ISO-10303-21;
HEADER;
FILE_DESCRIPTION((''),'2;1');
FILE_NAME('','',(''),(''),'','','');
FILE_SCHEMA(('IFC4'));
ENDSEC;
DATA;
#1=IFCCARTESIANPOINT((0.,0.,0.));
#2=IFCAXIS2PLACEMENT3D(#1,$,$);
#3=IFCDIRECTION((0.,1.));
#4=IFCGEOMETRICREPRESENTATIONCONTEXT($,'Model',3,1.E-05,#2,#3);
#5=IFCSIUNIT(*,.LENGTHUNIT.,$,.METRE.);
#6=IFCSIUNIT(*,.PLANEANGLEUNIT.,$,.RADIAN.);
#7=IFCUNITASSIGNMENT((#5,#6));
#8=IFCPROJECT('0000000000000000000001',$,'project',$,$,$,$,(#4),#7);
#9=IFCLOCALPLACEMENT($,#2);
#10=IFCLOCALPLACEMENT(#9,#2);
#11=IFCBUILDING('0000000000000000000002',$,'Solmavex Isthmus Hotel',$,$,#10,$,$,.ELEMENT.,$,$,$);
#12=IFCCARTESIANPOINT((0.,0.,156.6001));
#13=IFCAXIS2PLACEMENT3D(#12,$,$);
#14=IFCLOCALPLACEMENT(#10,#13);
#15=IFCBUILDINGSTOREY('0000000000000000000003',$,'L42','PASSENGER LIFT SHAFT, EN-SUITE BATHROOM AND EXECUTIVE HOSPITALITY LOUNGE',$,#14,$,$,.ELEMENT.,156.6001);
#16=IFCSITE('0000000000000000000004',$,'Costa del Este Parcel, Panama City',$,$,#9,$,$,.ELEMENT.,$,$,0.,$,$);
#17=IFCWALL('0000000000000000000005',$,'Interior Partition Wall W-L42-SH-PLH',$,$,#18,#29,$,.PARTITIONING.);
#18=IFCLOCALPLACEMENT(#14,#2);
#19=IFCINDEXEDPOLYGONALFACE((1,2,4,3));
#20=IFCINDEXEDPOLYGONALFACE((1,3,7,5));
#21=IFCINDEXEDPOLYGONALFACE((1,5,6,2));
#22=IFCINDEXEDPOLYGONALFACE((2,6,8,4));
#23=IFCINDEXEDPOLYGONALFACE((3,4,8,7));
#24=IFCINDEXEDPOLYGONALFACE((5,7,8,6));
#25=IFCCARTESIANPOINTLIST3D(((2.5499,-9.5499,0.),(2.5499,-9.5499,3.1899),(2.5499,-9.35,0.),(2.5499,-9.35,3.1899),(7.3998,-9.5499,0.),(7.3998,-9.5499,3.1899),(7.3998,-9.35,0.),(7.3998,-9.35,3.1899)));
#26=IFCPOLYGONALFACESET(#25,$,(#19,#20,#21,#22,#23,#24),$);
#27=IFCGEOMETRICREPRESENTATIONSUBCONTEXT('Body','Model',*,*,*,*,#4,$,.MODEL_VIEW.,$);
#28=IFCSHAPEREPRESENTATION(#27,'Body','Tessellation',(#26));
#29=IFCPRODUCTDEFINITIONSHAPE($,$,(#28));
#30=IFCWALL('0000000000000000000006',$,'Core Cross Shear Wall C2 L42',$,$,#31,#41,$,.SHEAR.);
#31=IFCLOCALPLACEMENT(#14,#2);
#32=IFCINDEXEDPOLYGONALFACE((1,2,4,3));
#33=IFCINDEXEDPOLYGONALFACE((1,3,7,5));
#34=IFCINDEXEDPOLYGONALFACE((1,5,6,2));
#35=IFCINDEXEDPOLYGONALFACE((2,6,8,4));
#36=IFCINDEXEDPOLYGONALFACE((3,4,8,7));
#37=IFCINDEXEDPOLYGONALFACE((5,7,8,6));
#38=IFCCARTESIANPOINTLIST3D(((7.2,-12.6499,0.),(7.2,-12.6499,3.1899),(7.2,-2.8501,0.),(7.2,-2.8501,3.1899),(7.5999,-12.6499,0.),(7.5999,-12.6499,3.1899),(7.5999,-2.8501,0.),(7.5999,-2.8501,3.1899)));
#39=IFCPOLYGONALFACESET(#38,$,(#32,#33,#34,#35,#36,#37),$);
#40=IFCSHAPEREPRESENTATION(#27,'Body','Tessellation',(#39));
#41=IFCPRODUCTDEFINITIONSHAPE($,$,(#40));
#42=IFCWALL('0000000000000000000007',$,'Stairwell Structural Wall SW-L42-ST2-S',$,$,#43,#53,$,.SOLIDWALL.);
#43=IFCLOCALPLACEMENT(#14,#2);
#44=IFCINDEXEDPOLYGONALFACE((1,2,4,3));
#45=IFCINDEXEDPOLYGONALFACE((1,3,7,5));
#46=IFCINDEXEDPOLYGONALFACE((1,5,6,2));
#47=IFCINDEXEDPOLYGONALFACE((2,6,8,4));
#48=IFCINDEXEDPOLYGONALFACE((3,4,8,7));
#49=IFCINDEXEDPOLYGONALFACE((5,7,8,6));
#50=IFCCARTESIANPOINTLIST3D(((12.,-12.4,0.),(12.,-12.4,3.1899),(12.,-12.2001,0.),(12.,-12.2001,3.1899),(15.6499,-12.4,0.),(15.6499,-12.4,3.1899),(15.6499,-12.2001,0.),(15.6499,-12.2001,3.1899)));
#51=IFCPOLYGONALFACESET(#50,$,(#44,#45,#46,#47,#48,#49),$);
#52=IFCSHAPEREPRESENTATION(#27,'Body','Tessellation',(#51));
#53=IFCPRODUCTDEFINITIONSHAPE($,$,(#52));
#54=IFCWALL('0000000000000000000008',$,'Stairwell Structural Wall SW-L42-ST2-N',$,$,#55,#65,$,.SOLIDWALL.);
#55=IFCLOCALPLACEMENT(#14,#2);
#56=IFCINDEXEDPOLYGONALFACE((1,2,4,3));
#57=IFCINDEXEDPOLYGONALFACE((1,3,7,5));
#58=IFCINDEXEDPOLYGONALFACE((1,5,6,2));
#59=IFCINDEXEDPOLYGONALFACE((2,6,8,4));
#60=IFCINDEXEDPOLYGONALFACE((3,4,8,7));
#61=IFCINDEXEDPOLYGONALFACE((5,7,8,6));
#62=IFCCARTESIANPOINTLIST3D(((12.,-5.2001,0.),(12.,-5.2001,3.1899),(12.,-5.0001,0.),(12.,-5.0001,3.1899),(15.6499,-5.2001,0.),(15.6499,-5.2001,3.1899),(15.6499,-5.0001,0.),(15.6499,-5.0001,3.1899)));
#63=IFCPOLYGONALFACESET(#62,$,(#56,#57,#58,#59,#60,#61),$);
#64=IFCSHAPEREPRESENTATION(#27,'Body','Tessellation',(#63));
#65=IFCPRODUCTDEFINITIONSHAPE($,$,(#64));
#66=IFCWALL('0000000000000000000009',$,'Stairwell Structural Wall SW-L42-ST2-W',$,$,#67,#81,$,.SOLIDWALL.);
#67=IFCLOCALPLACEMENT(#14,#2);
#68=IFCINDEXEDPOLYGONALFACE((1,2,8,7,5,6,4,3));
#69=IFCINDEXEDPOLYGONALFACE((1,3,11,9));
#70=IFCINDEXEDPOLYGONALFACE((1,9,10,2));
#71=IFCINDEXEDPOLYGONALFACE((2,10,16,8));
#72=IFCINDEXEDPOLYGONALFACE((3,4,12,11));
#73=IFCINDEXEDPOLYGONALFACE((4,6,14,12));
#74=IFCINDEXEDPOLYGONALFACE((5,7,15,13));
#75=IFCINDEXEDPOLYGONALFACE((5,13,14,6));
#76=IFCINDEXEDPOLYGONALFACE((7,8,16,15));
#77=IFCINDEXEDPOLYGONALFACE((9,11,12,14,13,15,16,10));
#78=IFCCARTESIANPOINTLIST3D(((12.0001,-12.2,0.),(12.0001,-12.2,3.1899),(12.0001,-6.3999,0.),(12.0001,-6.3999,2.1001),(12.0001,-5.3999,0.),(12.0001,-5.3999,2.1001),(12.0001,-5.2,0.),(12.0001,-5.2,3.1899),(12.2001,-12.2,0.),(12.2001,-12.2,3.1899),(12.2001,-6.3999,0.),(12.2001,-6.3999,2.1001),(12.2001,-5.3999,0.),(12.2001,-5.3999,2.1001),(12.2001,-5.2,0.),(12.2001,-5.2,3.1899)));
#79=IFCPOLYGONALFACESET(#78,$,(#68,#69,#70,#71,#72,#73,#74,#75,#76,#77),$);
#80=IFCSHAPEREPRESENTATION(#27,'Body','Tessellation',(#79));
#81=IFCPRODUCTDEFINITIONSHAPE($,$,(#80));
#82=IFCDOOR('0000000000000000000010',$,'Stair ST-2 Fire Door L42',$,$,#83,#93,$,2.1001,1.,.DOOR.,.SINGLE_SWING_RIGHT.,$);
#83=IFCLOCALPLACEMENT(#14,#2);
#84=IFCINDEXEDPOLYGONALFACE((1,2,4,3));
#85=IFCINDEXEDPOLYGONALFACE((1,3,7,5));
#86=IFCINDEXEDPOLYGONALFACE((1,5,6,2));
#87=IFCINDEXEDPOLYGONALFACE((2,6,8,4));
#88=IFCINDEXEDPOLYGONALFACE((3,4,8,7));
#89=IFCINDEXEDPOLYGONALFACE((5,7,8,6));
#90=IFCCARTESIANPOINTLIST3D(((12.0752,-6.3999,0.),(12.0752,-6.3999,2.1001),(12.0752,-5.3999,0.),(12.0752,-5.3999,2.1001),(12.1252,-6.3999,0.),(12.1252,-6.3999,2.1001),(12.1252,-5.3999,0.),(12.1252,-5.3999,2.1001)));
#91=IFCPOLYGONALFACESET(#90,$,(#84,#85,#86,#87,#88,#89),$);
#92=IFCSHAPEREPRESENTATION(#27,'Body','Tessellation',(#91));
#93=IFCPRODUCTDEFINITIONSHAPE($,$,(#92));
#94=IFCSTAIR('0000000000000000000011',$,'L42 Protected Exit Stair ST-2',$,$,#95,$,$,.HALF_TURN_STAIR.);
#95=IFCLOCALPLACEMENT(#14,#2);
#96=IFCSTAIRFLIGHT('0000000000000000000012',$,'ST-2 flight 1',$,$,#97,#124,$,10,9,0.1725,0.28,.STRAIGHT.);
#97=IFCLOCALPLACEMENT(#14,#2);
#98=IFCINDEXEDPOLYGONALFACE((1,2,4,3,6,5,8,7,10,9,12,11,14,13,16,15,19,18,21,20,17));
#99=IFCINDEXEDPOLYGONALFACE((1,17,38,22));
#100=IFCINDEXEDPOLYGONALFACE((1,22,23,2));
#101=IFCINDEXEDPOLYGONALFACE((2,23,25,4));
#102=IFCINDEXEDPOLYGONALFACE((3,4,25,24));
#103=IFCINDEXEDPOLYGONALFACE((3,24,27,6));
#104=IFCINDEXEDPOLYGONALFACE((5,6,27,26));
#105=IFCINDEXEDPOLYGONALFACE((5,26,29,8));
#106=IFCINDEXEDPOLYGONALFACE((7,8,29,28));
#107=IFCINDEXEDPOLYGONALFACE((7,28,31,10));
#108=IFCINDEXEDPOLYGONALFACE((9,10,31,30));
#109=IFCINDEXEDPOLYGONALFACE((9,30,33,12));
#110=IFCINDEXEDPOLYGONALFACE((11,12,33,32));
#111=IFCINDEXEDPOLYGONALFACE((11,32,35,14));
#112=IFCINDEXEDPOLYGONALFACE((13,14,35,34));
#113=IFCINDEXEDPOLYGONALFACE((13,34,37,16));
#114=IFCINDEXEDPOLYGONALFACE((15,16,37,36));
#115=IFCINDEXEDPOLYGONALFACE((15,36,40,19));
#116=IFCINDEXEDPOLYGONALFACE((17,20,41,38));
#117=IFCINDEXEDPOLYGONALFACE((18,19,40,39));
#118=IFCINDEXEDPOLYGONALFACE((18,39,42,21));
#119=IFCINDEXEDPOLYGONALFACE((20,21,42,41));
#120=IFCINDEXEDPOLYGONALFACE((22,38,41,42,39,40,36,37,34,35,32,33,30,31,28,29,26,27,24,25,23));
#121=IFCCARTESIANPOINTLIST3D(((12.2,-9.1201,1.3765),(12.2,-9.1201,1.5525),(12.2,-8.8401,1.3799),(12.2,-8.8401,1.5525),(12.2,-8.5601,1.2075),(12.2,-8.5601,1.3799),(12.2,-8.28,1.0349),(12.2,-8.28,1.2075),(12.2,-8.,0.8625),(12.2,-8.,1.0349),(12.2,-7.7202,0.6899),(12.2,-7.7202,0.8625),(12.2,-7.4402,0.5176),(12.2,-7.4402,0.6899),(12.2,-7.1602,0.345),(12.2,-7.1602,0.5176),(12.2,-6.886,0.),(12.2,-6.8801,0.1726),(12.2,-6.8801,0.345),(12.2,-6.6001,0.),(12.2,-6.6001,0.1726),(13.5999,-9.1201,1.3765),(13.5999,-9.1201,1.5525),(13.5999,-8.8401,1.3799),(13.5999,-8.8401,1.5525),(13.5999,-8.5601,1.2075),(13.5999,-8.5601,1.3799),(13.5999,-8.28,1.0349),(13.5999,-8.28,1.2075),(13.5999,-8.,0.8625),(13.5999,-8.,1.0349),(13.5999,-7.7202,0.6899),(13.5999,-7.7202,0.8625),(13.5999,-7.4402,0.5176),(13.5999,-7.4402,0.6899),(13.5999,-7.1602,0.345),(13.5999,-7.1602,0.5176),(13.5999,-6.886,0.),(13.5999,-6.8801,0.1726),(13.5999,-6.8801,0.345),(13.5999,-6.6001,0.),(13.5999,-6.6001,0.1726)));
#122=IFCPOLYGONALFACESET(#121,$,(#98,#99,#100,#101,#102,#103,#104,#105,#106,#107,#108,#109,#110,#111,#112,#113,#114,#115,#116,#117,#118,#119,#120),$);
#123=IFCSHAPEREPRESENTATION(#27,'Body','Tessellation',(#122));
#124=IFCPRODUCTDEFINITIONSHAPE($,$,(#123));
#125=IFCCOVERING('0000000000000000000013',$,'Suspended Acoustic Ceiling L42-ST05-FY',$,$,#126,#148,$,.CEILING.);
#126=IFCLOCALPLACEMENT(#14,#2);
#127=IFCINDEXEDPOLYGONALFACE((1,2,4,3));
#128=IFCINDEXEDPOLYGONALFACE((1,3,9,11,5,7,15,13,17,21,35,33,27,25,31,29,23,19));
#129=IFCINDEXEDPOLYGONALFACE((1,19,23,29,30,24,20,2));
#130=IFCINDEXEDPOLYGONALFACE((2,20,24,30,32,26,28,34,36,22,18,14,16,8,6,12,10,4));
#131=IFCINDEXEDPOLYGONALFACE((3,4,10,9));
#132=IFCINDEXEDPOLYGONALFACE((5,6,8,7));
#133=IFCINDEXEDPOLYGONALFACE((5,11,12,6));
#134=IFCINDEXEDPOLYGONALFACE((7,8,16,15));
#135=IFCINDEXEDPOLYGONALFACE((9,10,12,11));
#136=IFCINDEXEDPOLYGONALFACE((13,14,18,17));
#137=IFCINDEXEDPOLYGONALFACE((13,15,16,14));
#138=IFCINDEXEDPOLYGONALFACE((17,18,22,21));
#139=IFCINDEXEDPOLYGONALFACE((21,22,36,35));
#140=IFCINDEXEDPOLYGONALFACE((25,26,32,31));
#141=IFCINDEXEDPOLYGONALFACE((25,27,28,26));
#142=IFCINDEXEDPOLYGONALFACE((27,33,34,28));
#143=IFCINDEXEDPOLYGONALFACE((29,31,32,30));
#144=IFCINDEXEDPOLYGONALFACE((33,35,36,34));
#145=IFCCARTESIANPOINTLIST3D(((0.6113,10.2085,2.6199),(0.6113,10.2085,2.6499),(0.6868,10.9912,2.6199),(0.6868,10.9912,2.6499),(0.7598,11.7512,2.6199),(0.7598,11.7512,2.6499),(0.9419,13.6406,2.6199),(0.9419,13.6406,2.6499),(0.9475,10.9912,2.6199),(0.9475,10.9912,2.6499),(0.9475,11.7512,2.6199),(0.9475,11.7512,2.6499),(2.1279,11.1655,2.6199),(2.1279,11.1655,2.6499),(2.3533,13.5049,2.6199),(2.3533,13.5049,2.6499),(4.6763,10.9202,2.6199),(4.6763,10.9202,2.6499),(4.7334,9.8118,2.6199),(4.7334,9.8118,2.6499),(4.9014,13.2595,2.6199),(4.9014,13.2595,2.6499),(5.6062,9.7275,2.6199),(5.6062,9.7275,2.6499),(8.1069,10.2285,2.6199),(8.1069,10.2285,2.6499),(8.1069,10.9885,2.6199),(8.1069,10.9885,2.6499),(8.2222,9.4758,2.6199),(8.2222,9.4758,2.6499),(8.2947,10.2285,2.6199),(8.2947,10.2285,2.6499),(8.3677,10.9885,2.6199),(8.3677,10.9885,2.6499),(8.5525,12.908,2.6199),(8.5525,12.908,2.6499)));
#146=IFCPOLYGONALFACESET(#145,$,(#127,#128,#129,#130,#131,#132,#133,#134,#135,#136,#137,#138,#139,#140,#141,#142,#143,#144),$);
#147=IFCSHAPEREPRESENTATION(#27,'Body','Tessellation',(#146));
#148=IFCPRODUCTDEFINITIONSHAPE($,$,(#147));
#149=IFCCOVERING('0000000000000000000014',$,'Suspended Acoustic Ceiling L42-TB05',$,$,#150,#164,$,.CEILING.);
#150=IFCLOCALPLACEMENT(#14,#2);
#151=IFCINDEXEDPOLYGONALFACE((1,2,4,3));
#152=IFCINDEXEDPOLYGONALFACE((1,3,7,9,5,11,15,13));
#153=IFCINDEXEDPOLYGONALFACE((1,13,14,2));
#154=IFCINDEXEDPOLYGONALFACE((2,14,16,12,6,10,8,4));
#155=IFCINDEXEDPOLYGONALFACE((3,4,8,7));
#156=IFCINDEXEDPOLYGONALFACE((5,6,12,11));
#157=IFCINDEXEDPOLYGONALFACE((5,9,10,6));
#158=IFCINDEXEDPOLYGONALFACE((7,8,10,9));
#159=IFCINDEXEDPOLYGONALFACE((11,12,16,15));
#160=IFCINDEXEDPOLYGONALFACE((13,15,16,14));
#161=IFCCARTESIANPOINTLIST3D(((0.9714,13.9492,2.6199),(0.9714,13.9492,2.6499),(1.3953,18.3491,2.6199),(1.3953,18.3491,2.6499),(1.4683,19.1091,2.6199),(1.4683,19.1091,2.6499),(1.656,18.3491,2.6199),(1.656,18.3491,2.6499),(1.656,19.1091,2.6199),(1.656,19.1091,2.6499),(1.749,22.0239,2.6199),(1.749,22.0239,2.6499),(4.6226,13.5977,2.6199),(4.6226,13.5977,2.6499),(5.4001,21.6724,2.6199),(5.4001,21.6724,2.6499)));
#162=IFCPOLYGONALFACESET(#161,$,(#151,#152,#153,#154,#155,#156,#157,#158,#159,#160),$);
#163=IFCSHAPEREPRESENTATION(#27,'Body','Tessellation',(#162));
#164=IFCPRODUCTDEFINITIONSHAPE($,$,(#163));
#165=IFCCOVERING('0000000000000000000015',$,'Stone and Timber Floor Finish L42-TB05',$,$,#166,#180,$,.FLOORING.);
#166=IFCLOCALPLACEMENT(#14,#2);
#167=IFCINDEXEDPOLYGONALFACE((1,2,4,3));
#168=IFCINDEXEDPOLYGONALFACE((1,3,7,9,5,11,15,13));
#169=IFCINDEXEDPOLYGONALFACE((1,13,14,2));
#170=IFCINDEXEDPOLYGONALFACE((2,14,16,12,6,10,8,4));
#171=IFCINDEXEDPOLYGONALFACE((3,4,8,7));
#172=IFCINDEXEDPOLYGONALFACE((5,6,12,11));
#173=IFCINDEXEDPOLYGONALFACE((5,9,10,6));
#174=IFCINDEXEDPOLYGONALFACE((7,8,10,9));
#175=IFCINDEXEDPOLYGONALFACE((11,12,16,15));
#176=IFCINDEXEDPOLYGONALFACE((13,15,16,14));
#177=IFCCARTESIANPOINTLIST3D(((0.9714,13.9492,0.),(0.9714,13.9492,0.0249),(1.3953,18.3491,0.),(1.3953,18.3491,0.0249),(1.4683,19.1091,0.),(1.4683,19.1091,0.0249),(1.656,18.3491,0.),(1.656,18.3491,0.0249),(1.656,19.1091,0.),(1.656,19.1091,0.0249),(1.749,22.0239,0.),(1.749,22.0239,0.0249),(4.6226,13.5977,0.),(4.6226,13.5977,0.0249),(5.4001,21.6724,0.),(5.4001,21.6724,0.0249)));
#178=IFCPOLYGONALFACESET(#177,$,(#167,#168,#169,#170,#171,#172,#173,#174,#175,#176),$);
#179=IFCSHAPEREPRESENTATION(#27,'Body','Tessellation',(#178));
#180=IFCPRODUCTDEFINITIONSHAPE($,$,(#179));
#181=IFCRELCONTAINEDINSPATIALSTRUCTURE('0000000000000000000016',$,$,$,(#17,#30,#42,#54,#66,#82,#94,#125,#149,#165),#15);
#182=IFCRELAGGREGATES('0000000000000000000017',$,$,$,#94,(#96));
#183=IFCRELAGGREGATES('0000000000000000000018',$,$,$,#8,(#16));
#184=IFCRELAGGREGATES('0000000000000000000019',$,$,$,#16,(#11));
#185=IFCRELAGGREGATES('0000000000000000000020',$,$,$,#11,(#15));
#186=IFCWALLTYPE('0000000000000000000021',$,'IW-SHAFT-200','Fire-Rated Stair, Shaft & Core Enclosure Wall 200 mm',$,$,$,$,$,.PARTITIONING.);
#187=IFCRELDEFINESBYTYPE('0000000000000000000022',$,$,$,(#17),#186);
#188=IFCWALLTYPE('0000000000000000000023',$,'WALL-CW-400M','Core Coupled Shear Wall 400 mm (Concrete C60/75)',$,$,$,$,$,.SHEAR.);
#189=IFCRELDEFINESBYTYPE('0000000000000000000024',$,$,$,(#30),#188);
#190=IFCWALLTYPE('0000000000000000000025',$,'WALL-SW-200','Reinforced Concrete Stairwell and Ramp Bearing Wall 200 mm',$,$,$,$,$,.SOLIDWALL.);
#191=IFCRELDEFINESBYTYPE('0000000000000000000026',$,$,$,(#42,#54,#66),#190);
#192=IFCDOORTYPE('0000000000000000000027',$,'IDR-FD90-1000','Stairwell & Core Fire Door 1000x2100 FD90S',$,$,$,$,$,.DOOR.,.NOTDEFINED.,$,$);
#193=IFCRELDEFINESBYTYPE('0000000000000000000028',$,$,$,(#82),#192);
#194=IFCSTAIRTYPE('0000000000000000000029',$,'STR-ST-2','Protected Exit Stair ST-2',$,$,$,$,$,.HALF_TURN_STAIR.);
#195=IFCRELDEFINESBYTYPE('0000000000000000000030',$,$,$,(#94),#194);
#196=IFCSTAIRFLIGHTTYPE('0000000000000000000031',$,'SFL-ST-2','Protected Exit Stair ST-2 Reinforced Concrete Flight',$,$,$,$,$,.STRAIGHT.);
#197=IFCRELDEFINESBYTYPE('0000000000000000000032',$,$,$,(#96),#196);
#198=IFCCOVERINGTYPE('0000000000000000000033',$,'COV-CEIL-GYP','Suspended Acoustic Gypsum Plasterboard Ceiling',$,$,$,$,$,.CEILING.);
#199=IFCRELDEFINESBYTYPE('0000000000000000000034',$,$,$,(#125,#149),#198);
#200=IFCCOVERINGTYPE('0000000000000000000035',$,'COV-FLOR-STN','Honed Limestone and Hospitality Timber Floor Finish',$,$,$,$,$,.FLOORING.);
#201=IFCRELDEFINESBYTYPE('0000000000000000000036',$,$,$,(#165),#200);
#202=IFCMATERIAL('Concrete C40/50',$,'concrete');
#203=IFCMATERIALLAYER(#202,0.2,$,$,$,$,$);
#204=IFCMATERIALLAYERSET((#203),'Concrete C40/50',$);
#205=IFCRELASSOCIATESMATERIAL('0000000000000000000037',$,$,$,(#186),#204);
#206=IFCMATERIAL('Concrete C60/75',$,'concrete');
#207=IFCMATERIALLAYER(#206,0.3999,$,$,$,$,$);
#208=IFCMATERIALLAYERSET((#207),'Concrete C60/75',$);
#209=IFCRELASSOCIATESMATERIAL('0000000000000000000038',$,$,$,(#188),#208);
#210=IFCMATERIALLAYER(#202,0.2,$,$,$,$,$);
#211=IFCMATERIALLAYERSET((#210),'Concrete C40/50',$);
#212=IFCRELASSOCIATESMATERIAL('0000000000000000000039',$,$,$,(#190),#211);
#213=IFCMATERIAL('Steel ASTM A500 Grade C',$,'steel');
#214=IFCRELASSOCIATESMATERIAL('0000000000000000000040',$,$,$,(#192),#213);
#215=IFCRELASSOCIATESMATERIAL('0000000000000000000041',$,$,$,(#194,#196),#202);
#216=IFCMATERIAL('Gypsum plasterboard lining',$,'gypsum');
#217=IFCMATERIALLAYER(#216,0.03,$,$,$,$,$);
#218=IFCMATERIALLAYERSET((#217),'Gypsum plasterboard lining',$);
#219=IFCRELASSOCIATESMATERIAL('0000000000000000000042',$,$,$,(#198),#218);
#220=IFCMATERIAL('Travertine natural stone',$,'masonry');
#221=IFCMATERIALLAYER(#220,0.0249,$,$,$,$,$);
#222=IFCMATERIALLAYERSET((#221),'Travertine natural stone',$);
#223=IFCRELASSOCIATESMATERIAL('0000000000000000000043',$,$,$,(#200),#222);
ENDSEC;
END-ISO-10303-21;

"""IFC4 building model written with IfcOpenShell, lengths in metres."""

from ifc_helpers import new_model, si_unit, direction, frame, frame_2d, origin, place, context, subcontext, project, spatial, polyline, rectangle, outline, extrude, material, layer, layer_set, type_object, element, fill, aggregate, save


model = new_model("IFC4")

# Units and contexts
model_context = context("Model", 3, precision=1e-05, world=origin(), true_north=direction((0.0, 1.0)))
body_context = subcontext(model_context, "Body", "Model", "MODEL_VIEW")
ifc_project = project(units=[si_unit("LENGTHUNIT", "METRE"), si_unit("PLANEANGLEUNIT", "RADIAN")], contexts=[model_context])

# Site, building, storey
site_placement = place(None, origin())
site = spatial("IfcSite", under=ifc_project, at=site_placement, Name="Costa del Este Parcel, Panama City", CompositionType="ELEMENT", RefElevation=0.0)
building_placement = place(site_placement, origin())
building = spatial("IfcBuilding", under=site, at=building_placement, Name="Solmavex Isthmus Hotel", CompositionType="ELEMENT")
storey_placement = place(building_placement, frame((0.0, 0.0, 156.6001)))
storey = spatial("IfcBuildingStorey", under=building, at=storey_placement, Name="L42", Description="PASSENGER LIFT SHAFT, EN-SUITE BATHROOM AND EXECUTIVE HOSPITALITY LOUNGE", CompositionType="ELEMENT", Elevation=156.6001)

# Shared definitions
ifc_material_1 = material(Name="Concrete C60/75", Category="concrete")

# Shared definitions
ifc_material_2 = material(Name="Gypsum plasterboard lining", Category="gypsum")

# Shared definitions
ifc_material_3 = material(Name="Concrete C40/50", Category="concrete")

# Shared definitions
ifc_layer_1 = layer(ifc_material_3, 0.2)
ifc_layer_set_1 = layer_set([ifc_layer_1], Name="Concrete C40/50")
wall_type_1 = type_object("IfcWallType", Name="IW-SHAFT-200", Description="Fire-Rated Stair, Shaft & Core Enclosure Wall 200 mm", PredefinedType="PARTITIONING", material=ifc_layer_set_1)
ifc_material_4 = material(Name="Steel ASTM A500 Grade C", Category="steel")

# Walls
wall_1_placement = place(storey_placement, frame((2.55, -9.45, 0.0), z_axis=(0.0, 0.0, 1.0), x_axis=(1.0, 0.0, 0.0)))
element("IfcWall", 1, at=wall_1_placement, inside=storey, type_object=wall_type_1, Name="Interior Partition Wall W-L42-SH-PLH", PredefinedType="PARTITIONING", context=body_context, shape_type="SweptSolid", body=[
    extrude(rectangle(XDim=4.8499, YDim=0.2, at=frame_2d((2.4248, 0.0))), origin(), (0.0, 0.0, 1.0), 3.1899),
])
ifc_layer_2 = layer(ifc_material_1, 0.3999)
ifc_layer_set_2 = layer_set([ifc_layer_2], Name="Concrete C60/75")
wall_type_2 = type_object("IfcWallType", Name="WALL-CW-400M", Description="Core Coupled Shear Wall 400 mm (Concrete C60/75)", PredefinedType="SHEAR", material=ifc_layer_set_2)
wall_2_placement = place(storey_placement, frame((7.3999, -12.6499, 0.0), z_axis=(0.0, 0.0, 1.0), x_axis=(0.0, 1.0, 0.0)))
element("IfcWall", 2, at=wall_2_placement, inside=storey, type_object=wall_type_2, Name="Core Cross Shear Wall C2 L42", PredefinedType="SHEAR", context=body_context, shape_type="SweptSolid", body=[
    extrude(rectangle(XDim=9.7998, YDim=0.3999, at=frame_2d((4.8999, 0.0))), origin(), (0.0, 0.0, 1.0), 3.1899),
])
ifc_layer_3 = layer(ifc_material_3, 0.2)
ifc_layer_set_3 = layer_set([ifc_layer_3], Name="Concrete C40/50")
wall_type_3 = type_object("IfcWallType", Name="WALL-SW-200", Description="Reinforced Concrete Stairwell and Ramp Bearing Wall 200 mm", PredefinedType="SOLIDWALL", material=ifc_layer_set_3)
for number, where, z_axis, x_axis, name in (
    (3, (12.0, -12.3, 0.0), (0.0, 0.0, 1.0), (1.0, 0.0, 0.0), "Stairwell Structural Wall SW-L42-ST2-S"),
    (4, (12.0, -5.1001, 0.0), (0.0, 0.0, 1.0), (1.0, 0.0, 0.0), "Stairwell Structural Wall SW-L42-ST2-N"),
):
    element("IfcWall", number, at=place(storey_placement, frame(where, z_axis=z_axis, x_axis=x_axis)), inside=storey, type_object=wall_type_3, Name=name, PredefinedType="SOLIDWALL", context=body_context, shape_type="SweptSolid", body=[
        extrude(rectangle(XDim=3.6499, YDim=0.2, at=frame_2d((1.825, 0.0))), origin(), (0.0, 0.0, 1.0), 3.1899),
    ])

# Wall, opening, door
wall_3_placement = place(storey_placement, frame((12.1001, -12.2, 0.0), z_axis=(0.0, 0.0, 1.0), x_axis=(0.0, 1.0, 0.0)))
wall_3 = element("IfcWall", 5, at=wall_3_placement, inside=storey, type_object=wall_type_3, Name="Stairwell Structural Wall SW-L42-ST2-W", PredefinedType="SOLIDWALL", context=body_context, shape_type="SweptSolid", body=[
    extrude(rectangle(XDim=7.0, YDim=0.2, at=frame_2d((3.5, 0.0))), origin(), (0.0, 0.0, 1.0), 3.1899),
])
opening_1_placement = place(wall_3_placement, frame((5.8, 0.0, 0.0)))
opening_1 = element("IfcOpeningElement", 6, at=opening_1_placement, cuts=wall_3, PredefinedType="OPENING", context=body_context, shape_type="SweptSolid", body=[
    extrude(rectangle(XDim=1.0, YDim=2.1001, at=frame_2d((0.5, 1.05))), frame((0.0, 0.1099, 0.0), z_axis=(0.0, -1.0, 0.0), x_axis=(1.0, 0.0, 0.0)), (0.0, 0.0, 1.0), 0.22),
])
door_type_1 = type_object("IfcDoorType", Name="IDR-FD90-1000", Description="Stairwell & Core Fire Door 1000x2100 FD90S", OperationType="NOTDEFINED", PredefinedType="DOOR", material=ifc_material_4)
door_1_placement = place(opening_1_placement, origin())
door_1 = element("IfcDoor", 7, at=door_1_placement, inside=storey, type_object=door_type_1, Name="Stair ST-2 Fire Door L42", OperationType="SINGLE_SWING_RIGHT", OverallHeight=2.1001, OverallWidth=1.0, PredefinedType="DOOR", context=body_context, shape_type="SweptSolid", body=[
    extrude(rectangle(XDim=1.0, YDim=2.1001, at=frame_2d((0.5, 1.05))), frame((0.0, 0.0249, 0.0), z_axis=(0.0, -1.0, 0.0), x_axis=(1.0, 0.0, 0.0)), (0.0, 0.0, 1.0), 0.05),
])
fill(opening_1, door_1)

# Stair, stair flight
stair_type = type_object("IfcStairType", Name="STR-ST-2", Description="Protected Exit Stair ST-2", PredefinedType="HALF_TURN_STAIR", material=ifc_material_3)
stair_placement = place(storey_placement, origin())
stair = element("IfcStair", 8, at=stair_placement, inside=storey, type_object=stair_type, Name="L42 Protected Exit Stair ST-2", PredefinedType="HALF_TURN_STAIR")
stair_flight_type = type_object("IfcStairFlightType", Name="SFL-ST-2", Description="Protected Exit Stair ST-2 Reinforced Concrete Flight", PredefinedType="STRAIGHT", material=ifc_material_3)
stair_flight_placement = place(storey_placement, frame((12.8999, -6.6001, 0.0), z_axis=(0.0, 0.0, 1.0), x_axis=(0.0, -1.0, 0.0)))
stair_flight = element("IfcStairFlight", 9, at=stair_flight_placement, type_object=stair_flight_type, Name="ST-2 flight 1", NumberOfRisers=10, NumberOfTreads=9, PredefinedType="STRAIGHT", RiserHeight=0.1725, TreadLength=0.28, context=body_context, shape_type="SweptSolid", body=[
    extrude(outline(polyline([(0.0, 0.0), (0.0, 0.1726), (0.28, 0.1726), (0.28, 0.345), (0.5601, 0.345), (0.5601, 0.5176), (0.8401, 0.5176), (0.8401, 0.6899), (1.1201, 0.6899), (1.1201, 0.8625), (1.3999, 0.8625), (1.3999, 1.0349), (1.6799, 1.0349), (1.6799, 1.2075), (1.96, 1.2075), (1.96, 1.3799), (2.24, 1.3799), (2.24, 1.5525), (2.52, 1.5525), (2.52, 1.7251), (2.52, 1.3765), (0.2859, 0.0), (0.0, 0.0)])), frame((0.0, 0.7, 0.0), z_axis=(0.0, -1.0, 0.0), x_axis=(1.0, 0.0, 0.0)), (0.0, 0.0, 1.0), 1.3999),
])
aggregate(stair, [stair_flight])

# Coverings
ifc_layer_4 = layer(ifc_material_2, 0.03)
ifc_layer_set_4 = layer_set([ifc_layer_4], Name="Gypsum plasterboard lining")
covering_type_1 = type_object("IfcCoveringType", Name="COV-CEIL-GYP", Description="Suspended Acoustic Gypsum Plasterboard Ceiling", PredefinedType="CEILING", material=ifc_layer_set_4)
covering_1_placement = place(storey_placement, frame((0.0, 0.0, 2.6199)))
element("IfcCovering", 10, at=covering_1_placement, inside=storey, type_object=covering_type_1, Name="Suspended Acoustic Ceiling L42-ST05-FY", PredefinedType="CEILING", context=body_context, shape_type="SweptSolid", body=[
    extrude(outline(polyline([(4.9014, 13.2595), (4.6763, 10.9202), (2.1279, 11.1655), (2.3533, 13.5049), (0.9419, 13.6406), (0.7598, 11.7512), (0.9475, 11.7512), (0.9475, 10.9912), (0.6868, 10.9912), (0.6113, 10.2085), (4.7334, 9.8118), (5.6062, 9.7275), (8.2222, 9.4758), (8.2947, 10.2285), (8.1069, 10.2285), (8.1069, 10.9885), (8.3677, 10.9885), (8.5525, 12.908), (4.9014, 13.2595)])), origin(), (0.0, 0.0, 1.0), 0.03),
])
covering_2_placement = place(storey_placement, frame((0.0, 0.0, 2.6199)))
element("IfcCovering", 11, at=covering_2_placement, inside=storey, type_object=covering_type_1, Name="Suspended Acoustic Ceiling L42-TB05", PredefinedType="CEILING", context=body_context, shape_type="SweptSolid", body=[
    extrude(outline(polyline([(1.4683, 19.1091), (1.656, 19.1091), (1.656, 18.3491), (1.3953, 18.3491), (0.9714, 13.9492), (4.6226, 13.5977), (5.4001, 21.6724), (1.749, 22.0239), (1.4683, 19.1091)])), origin(), (0.0, 0.0, 1.0), 0.03),
])
ifc_material_5 = material(Name="Travertine natural stone", Category="masonry")
ifc_layer_5 = layer(ifc_material_5, 0.0249)
ifc_layer_set_5 = layer_set([ifc_layer_5], Name="Travertine natural stone")
covering_type_2 = type_object("IfcCoveringType", Name="COV-FLOR-STN", Description="Honed Limestone and Hospitality Timber Floor Finish", PredefinedType="FLOORING", material=ifc_layer_set_5)
covering_3_placement = place(storey_placement, origin())
element("IfcCovering", 12, at=covering_3_placement, inside=storey, type_object=covering_type_2, Name="Stone and Timber Floor Finish L42-TB05", PredefinedType="FLOORING", context=body_context, shape_type="SweptSolid", body=[
    extrude(outline(polyline([(1.4683, 19.1091), (1.656, 19.1091), (1.656, 18.3491), (1.3953, 18.3491), (0.9714, 13.9492), (4.6226, 13.5977), (5.4001, 21.6724), (1.749, 22.0239), (1.4683, 19.1091)])), origin(), (0.0, 0.0, 1.0), 0.0249),
])

save(model, "model.ifc")
